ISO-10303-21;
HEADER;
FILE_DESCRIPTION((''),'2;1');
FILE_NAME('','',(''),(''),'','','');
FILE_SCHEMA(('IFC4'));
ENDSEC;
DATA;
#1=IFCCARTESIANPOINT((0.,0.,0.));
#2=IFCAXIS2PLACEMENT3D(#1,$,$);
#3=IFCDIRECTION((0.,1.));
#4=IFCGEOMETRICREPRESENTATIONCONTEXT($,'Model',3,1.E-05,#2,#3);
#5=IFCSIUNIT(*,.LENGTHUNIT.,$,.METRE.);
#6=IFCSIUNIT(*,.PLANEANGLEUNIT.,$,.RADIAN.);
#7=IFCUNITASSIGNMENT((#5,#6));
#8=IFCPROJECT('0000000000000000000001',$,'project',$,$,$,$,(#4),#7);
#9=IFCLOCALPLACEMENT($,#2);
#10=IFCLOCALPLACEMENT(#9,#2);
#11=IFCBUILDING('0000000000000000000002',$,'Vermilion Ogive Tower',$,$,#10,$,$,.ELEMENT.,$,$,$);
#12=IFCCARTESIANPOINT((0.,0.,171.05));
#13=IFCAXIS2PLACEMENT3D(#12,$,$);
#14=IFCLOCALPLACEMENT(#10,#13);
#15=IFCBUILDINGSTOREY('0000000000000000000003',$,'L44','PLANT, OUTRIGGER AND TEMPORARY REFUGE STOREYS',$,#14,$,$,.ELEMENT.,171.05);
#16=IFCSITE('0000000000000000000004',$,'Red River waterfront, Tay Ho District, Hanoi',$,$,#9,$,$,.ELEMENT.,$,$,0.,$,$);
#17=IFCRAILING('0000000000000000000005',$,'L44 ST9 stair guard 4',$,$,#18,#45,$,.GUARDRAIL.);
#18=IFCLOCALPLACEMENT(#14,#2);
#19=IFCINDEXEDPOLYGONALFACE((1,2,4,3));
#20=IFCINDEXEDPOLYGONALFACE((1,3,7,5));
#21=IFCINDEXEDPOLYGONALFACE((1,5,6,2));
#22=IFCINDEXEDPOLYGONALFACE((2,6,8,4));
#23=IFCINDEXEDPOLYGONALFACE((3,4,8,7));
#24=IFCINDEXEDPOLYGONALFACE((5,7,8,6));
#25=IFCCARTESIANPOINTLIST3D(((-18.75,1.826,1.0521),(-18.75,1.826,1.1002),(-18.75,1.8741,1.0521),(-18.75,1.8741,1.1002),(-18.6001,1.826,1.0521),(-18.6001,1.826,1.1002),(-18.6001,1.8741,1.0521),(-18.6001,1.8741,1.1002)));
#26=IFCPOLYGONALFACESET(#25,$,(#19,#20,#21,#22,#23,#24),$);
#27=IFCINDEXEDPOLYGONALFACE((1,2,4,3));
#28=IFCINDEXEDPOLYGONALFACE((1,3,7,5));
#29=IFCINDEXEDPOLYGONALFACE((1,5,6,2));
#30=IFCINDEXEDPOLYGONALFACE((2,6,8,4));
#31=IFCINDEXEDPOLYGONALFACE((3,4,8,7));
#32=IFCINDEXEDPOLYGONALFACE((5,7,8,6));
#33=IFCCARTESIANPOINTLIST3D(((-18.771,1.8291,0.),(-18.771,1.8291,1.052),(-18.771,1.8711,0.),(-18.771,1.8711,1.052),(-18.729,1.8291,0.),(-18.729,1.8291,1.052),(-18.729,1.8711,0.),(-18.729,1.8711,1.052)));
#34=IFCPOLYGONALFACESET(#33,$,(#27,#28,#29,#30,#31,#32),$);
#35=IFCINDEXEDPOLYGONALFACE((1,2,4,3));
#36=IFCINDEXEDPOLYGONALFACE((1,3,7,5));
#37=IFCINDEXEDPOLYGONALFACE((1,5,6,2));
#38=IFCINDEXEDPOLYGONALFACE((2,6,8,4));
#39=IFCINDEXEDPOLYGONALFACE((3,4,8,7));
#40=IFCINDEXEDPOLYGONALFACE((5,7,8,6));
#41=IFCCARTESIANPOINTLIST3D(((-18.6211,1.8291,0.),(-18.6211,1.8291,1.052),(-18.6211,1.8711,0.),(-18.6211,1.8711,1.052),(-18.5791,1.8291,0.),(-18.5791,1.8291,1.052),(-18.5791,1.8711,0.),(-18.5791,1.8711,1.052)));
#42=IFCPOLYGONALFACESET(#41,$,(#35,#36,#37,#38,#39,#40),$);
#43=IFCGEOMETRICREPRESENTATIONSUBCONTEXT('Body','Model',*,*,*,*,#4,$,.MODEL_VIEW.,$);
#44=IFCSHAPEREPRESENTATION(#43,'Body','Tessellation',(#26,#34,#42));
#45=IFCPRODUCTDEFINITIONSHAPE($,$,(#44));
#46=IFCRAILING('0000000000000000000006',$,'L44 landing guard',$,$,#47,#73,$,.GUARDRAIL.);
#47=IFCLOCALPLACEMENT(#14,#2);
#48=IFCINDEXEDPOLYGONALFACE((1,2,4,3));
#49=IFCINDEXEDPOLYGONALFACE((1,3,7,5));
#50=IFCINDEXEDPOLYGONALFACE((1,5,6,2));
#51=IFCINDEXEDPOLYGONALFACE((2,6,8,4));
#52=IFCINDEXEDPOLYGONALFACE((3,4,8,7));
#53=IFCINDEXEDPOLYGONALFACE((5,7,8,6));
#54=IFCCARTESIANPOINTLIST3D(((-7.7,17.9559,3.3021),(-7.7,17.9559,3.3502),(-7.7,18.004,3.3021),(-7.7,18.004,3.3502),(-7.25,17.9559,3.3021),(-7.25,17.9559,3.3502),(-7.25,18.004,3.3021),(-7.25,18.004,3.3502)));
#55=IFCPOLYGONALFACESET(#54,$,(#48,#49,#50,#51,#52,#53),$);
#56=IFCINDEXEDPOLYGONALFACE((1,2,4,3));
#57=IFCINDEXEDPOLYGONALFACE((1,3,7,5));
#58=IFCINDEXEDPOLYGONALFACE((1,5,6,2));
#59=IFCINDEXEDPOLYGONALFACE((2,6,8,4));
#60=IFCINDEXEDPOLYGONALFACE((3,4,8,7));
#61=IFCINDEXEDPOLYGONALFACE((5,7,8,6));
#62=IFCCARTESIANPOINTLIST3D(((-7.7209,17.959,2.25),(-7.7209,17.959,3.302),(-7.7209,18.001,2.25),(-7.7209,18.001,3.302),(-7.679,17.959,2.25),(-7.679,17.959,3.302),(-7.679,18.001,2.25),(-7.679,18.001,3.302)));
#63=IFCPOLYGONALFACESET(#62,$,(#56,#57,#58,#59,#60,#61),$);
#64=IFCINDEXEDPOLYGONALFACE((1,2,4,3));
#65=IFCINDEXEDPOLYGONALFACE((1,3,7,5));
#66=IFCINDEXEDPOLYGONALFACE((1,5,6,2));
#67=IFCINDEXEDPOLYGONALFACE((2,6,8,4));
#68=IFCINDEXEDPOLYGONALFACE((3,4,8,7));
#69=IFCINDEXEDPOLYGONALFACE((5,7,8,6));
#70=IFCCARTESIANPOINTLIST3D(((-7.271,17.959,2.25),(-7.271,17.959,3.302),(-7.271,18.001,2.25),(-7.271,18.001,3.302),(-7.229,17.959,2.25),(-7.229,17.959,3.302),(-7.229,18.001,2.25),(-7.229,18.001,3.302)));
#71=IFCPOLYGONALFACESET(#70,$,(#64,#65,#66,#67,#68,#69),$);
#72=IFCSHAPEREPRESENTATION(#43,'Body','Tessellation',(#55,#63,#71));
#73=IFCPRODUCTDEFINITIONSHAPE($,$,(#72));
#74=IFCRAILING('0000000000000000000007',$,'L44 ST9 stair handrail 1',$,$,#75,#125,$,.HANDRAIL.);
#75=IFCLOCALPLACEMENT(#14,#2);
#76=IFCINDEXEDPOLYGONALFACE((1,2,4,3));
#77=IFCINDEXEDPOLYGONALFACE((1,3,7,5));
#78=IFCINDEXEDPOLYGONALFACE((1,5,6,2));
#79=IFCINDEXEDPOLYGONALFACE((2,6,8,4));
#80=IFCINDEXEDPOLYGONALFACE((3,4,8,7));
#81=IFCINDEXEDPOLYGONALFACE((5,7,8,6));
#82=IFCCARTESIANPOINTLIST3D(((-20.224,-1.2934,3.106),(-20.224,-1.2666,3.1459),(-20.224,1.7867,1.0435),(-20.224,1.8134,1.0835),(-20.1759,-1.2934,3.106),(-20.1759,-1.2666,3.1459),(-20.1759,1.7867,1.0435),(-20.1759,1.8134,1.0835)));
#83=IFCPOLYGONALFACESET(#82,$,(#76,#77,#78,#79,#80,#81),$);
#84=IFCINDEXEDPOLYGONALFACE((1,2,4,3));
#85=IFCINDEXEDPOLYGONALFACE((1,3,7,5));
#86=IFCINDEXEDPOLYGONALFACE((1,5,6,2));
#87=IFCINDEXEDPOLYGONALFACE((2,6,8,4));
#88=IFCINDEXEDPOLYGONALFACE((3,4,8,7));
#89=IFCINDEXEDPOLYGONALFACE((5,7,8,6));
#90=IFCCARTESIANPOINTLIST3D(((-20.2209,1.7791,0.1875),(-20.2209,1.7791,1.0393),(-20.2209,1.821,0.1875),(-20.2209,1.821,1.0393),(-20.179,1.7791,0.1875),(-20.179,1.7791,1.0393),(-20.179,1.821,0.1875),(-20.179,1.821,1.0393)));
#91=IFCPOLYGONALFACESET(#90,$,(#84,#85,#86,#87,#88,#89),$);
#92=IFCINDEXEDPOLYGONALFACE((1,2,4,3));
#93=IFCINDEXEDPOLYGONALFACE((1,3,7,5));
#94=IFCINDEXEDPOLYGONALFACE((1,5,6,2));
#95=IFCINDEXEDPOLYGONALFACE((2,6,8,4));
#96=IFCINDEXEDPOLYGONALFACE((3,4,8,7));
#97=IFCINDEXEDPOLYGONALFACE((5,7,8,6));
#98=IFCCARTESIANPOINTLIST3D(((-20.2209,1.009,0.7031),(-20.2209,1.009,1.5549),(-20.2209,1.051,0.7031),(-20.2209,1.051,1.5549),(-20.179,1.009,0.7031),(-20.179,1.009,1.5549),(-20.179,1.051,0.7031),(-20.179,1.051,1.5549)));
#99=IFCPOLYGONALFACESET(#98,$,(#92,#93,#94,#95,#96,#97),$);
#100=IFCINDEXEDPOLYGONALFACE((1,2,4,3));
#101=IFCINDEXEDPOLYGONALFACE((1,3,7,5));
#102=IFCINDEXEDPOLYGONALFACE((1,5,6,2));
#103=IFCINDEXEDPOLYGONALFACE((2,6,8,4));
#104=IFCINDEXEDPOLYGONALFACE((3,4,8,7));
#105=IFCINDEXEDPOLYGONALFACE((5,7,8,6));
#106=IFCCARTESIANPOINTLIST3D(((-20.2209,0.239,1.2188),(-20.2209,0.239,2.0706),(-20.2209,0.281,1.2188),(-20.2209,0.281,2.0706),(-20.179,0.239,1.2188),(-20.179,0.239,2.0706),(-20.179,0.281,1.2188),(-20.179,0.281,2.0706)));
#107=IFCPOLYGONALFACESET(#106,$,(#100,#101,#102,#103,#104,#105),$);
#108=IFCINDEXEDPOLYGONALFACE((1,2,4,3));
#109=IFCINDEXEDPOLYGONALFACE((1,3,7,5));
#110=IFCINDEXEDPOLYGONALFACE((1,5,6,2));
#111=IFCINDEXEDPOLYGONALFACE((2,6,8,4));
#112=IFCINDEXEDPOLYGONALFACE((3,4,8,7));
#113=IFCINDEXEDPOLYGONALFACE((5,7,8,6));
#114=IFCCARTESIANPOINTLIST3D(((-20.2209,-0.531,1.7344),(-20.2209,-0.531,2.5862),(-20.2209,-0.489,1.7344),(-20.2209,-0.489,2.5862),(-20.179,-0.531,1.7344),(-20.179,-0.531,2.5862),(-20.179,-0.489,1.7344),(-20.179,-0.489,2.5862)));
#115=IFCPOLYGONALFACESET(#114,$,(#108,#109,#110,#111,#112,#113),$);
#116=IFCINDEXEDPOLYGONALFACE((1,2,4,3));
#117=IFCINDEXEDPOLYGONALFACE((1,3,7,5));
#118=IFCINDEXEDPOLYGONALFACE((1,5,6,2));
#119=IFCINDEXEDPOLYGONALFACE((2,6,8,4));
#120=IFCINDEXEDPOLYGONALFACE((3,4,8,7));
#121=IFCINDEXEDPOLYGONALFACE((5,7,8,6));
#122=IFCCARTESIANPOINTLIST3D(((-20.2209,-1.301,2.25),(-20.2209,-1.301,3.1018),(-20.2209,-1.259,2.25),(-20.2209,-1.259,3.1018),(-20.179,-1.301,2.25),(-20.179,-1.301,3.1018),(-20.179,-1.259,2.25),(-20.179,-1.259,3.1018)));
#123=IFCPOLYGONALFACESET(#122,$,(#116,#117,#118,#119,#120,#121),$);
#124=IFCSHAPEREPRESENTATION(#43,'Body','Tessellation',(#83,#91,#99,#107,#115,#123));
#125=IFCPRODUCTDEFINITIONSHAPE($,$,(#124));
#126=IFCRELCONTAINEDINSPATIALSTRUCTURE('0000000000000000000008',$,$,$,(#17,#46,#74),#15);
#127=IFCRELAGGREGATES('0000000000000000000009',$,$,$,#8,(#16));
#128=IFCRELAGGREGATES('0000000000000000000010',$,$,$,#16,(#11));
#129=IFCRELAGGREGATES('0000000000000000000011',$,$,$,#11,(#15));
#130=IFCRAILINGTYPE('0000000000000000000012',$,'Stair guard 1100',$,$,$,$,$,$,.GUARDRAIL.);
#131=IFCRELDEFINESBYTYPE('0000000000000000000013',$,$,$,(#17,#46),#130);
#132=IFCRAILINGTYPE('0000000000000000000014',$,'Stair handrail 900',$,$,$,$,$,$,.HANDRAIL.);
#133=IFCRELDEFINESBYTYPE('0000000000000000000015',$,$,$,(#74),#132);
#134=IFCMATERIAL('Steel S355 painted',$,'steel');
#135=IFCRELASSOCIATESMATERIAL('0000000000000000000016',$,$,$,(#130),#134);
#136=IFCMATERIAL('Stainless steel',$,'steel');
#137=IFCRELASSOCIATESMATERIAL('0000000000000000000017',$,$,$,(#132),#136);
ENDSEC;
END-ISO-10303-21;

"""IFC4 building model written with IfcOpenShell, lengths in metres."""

from ifc_helpers import new_model, si_unit, direction, frame, origin, origin_2d, place, context, subcontext, project, spatial, rectangle, extrude, material, type_object, element, save


model = new_model("IFC4")

# Units and contexts
model_context = context("Model", 3, precision=1e-05, world=origin(), true_north=direction((0.0, 1.0)))
body_context = subcontext(model_context, "Body", "Model", "MODEL_VIEW")
ifc_project = project(units=[si_unit("LENGTHUNIT", "METRE"), si_unit("PLANEANGLEUNIT", "RADIAN")], contexts=[model_context])

# Site, building, storey
site_placement = place(None, origin())
site = spatial("IfcSite", under=ifc_project, at=site_placement, Name="Red River waterfront, Tay Ho District, Hanoi", CompositionType="ELEMENT", RefElevation=0.0)
building_placement = place(site_placement, origin())
building = spatial("IfcBuilding", under=site, at=building_placement, Name="Vermilion Ogive Tower", CompositionType="ELEMENT")
storey_placement = place(building_placement, frame((0.0, 0.0, 171.05)))
storey = spatial("IfcBuildingStorey", under=building, at=storey_placement, Name="L44", Description="PLANT, OUTRIGGER AND TEMPORARY REFUGE STOREYS", CompositionType="ELEMENT", Elevation=171.05)

# Railings
ifc_material_1 = material(Name="Steel S355 painted", Category="steel")
railing_type_1 = type_object("IfcRailingType", Name="Stair guard 1100", PredefinedType="GUARDRAIL", material=ifc_material_1)
railing_1_placement = place(storey_placement, frame((-18.75, 1.8501, 0.0)))
element("IfcRailing", 1, at=railing_1_placement, inside=storey, type_object=railing_type_1, Name="L44 ST9 stair guard 4", PredefinedType="GUARDRAIL", context=body_context, shape_type="SweptSolid", body=[
    extrude(rectangle(XDim=0.0481, YDim=0.0481, at=origin_2d()), frame((0.0, 0.0, 1.0762), z_axis=(1.0, 0.0, 0.0), x_axis=(0.0, 1.0, 0.0)), (0.0, 0.0, 1.0), 0.1499),
    extrude(rectangle(XDim=0.042, YDim=0.042, at=origin_2d()), origin(), (0.0, 0.0, 1.0), 1.052),
    extrude(rectangle(XDim=0.042, YDim=0.042, at=origin_2d()), frame((0.1499, 0.0, 0.0)), (0.0, 0.0, 1.0), 1.052),
])
railing_2_placement = place(storey_placement, frame((-7.7, 17.98, 2.25)))
element("IfcRailing", 2, at=railing_2_placement, inside=storey, type_object=railing_type_1, Name="L44 landing guard", PredefinedType="GUARDRAIL", context=body_context, shape_type="SweptSolid", body=[
    extrude(rectangle(XDim=0.0481, YDim=0.0481, at=origin_2d()), frame((0.0, 0.0, 1.0762), z_axis=(1.0, 0.0, 0.0), x_axis=(0.0, 1.0, 0.0)), (0.0, 0.0, 1.0), 0.45),
    extrude(rectangle(XDim=0.042, YDim=0.042, at=origin_2d()), origin(), (0.0, 0.0, 1.0), 1.052),
    extrude(rectangle(XDim=0.042, YDim=0.042, at=origin_2d()), frame((0.45, 0.0, 0.0)), (0.0, 0.0, 1.0), 1.052),
])
ifc_material_2 = material(Name="Stainless steel", Category="steel")
railing_type_2 = type_object("IfcRailingType", Name="Stair handrail 900", PredefinedType="HANDRAIL", material=ifc_material_2)
railing_3_placement = place(storey_placement, frame((-20.2, 1.8, 0.1875)))
element("IfcRailing", 3, at=railing_3_placement, inside=storey, type_object=railing_type_2, Name="L44 ST9 stair handrail 1", PredefinedType="HANDRAIL", context=body_context, shape_type="SweptSolid", body=[
    extrude(rectangle(XDim=0.0481, YDim=0.0481, at=origin_2d()), frame((0.0, 0.0, 0.876), z_axis=(0.0, -0.830914, 0.556401), x_axis=(1.0, 0.0, 0.0)), (0.0, 0.0, 1.0), 3.7068),
    extrude(rectangle(XDim=0.042, YDim=0.042, at=origin_2d()), origin(), (0.0, 0.0, 1.0), 0.8518),
    extrude(rectangle(XDim=0.042, YDim=0.042, at=origin_2d()), frame((0.0, -0.77, 0.5156)), (0.0, 0.0, 1.0), 0.8518),
    extrude(rectangle(XDim=0.042, YDim=0.042, at=origin_2d()), frame((0.0, -1.54, 1.0312)), (0.0, 0.0, 1.0), 0.8518),
    extrude(rectangle(XDim=0.042, YDim=0.042, at=origin_2d()), frame((0.0, -2.3101, 1.5469)), (0.0, 0.0, 1.0), 0.8518),
    extrude(rectangle(XDim=0.042, YDim=0.042, at=origin_2d()), frame((0.0, -3.0801, 2.0625)), (0.0, 0.0, 1.0), 0.8518),
])

save(model, "model.ifc")
